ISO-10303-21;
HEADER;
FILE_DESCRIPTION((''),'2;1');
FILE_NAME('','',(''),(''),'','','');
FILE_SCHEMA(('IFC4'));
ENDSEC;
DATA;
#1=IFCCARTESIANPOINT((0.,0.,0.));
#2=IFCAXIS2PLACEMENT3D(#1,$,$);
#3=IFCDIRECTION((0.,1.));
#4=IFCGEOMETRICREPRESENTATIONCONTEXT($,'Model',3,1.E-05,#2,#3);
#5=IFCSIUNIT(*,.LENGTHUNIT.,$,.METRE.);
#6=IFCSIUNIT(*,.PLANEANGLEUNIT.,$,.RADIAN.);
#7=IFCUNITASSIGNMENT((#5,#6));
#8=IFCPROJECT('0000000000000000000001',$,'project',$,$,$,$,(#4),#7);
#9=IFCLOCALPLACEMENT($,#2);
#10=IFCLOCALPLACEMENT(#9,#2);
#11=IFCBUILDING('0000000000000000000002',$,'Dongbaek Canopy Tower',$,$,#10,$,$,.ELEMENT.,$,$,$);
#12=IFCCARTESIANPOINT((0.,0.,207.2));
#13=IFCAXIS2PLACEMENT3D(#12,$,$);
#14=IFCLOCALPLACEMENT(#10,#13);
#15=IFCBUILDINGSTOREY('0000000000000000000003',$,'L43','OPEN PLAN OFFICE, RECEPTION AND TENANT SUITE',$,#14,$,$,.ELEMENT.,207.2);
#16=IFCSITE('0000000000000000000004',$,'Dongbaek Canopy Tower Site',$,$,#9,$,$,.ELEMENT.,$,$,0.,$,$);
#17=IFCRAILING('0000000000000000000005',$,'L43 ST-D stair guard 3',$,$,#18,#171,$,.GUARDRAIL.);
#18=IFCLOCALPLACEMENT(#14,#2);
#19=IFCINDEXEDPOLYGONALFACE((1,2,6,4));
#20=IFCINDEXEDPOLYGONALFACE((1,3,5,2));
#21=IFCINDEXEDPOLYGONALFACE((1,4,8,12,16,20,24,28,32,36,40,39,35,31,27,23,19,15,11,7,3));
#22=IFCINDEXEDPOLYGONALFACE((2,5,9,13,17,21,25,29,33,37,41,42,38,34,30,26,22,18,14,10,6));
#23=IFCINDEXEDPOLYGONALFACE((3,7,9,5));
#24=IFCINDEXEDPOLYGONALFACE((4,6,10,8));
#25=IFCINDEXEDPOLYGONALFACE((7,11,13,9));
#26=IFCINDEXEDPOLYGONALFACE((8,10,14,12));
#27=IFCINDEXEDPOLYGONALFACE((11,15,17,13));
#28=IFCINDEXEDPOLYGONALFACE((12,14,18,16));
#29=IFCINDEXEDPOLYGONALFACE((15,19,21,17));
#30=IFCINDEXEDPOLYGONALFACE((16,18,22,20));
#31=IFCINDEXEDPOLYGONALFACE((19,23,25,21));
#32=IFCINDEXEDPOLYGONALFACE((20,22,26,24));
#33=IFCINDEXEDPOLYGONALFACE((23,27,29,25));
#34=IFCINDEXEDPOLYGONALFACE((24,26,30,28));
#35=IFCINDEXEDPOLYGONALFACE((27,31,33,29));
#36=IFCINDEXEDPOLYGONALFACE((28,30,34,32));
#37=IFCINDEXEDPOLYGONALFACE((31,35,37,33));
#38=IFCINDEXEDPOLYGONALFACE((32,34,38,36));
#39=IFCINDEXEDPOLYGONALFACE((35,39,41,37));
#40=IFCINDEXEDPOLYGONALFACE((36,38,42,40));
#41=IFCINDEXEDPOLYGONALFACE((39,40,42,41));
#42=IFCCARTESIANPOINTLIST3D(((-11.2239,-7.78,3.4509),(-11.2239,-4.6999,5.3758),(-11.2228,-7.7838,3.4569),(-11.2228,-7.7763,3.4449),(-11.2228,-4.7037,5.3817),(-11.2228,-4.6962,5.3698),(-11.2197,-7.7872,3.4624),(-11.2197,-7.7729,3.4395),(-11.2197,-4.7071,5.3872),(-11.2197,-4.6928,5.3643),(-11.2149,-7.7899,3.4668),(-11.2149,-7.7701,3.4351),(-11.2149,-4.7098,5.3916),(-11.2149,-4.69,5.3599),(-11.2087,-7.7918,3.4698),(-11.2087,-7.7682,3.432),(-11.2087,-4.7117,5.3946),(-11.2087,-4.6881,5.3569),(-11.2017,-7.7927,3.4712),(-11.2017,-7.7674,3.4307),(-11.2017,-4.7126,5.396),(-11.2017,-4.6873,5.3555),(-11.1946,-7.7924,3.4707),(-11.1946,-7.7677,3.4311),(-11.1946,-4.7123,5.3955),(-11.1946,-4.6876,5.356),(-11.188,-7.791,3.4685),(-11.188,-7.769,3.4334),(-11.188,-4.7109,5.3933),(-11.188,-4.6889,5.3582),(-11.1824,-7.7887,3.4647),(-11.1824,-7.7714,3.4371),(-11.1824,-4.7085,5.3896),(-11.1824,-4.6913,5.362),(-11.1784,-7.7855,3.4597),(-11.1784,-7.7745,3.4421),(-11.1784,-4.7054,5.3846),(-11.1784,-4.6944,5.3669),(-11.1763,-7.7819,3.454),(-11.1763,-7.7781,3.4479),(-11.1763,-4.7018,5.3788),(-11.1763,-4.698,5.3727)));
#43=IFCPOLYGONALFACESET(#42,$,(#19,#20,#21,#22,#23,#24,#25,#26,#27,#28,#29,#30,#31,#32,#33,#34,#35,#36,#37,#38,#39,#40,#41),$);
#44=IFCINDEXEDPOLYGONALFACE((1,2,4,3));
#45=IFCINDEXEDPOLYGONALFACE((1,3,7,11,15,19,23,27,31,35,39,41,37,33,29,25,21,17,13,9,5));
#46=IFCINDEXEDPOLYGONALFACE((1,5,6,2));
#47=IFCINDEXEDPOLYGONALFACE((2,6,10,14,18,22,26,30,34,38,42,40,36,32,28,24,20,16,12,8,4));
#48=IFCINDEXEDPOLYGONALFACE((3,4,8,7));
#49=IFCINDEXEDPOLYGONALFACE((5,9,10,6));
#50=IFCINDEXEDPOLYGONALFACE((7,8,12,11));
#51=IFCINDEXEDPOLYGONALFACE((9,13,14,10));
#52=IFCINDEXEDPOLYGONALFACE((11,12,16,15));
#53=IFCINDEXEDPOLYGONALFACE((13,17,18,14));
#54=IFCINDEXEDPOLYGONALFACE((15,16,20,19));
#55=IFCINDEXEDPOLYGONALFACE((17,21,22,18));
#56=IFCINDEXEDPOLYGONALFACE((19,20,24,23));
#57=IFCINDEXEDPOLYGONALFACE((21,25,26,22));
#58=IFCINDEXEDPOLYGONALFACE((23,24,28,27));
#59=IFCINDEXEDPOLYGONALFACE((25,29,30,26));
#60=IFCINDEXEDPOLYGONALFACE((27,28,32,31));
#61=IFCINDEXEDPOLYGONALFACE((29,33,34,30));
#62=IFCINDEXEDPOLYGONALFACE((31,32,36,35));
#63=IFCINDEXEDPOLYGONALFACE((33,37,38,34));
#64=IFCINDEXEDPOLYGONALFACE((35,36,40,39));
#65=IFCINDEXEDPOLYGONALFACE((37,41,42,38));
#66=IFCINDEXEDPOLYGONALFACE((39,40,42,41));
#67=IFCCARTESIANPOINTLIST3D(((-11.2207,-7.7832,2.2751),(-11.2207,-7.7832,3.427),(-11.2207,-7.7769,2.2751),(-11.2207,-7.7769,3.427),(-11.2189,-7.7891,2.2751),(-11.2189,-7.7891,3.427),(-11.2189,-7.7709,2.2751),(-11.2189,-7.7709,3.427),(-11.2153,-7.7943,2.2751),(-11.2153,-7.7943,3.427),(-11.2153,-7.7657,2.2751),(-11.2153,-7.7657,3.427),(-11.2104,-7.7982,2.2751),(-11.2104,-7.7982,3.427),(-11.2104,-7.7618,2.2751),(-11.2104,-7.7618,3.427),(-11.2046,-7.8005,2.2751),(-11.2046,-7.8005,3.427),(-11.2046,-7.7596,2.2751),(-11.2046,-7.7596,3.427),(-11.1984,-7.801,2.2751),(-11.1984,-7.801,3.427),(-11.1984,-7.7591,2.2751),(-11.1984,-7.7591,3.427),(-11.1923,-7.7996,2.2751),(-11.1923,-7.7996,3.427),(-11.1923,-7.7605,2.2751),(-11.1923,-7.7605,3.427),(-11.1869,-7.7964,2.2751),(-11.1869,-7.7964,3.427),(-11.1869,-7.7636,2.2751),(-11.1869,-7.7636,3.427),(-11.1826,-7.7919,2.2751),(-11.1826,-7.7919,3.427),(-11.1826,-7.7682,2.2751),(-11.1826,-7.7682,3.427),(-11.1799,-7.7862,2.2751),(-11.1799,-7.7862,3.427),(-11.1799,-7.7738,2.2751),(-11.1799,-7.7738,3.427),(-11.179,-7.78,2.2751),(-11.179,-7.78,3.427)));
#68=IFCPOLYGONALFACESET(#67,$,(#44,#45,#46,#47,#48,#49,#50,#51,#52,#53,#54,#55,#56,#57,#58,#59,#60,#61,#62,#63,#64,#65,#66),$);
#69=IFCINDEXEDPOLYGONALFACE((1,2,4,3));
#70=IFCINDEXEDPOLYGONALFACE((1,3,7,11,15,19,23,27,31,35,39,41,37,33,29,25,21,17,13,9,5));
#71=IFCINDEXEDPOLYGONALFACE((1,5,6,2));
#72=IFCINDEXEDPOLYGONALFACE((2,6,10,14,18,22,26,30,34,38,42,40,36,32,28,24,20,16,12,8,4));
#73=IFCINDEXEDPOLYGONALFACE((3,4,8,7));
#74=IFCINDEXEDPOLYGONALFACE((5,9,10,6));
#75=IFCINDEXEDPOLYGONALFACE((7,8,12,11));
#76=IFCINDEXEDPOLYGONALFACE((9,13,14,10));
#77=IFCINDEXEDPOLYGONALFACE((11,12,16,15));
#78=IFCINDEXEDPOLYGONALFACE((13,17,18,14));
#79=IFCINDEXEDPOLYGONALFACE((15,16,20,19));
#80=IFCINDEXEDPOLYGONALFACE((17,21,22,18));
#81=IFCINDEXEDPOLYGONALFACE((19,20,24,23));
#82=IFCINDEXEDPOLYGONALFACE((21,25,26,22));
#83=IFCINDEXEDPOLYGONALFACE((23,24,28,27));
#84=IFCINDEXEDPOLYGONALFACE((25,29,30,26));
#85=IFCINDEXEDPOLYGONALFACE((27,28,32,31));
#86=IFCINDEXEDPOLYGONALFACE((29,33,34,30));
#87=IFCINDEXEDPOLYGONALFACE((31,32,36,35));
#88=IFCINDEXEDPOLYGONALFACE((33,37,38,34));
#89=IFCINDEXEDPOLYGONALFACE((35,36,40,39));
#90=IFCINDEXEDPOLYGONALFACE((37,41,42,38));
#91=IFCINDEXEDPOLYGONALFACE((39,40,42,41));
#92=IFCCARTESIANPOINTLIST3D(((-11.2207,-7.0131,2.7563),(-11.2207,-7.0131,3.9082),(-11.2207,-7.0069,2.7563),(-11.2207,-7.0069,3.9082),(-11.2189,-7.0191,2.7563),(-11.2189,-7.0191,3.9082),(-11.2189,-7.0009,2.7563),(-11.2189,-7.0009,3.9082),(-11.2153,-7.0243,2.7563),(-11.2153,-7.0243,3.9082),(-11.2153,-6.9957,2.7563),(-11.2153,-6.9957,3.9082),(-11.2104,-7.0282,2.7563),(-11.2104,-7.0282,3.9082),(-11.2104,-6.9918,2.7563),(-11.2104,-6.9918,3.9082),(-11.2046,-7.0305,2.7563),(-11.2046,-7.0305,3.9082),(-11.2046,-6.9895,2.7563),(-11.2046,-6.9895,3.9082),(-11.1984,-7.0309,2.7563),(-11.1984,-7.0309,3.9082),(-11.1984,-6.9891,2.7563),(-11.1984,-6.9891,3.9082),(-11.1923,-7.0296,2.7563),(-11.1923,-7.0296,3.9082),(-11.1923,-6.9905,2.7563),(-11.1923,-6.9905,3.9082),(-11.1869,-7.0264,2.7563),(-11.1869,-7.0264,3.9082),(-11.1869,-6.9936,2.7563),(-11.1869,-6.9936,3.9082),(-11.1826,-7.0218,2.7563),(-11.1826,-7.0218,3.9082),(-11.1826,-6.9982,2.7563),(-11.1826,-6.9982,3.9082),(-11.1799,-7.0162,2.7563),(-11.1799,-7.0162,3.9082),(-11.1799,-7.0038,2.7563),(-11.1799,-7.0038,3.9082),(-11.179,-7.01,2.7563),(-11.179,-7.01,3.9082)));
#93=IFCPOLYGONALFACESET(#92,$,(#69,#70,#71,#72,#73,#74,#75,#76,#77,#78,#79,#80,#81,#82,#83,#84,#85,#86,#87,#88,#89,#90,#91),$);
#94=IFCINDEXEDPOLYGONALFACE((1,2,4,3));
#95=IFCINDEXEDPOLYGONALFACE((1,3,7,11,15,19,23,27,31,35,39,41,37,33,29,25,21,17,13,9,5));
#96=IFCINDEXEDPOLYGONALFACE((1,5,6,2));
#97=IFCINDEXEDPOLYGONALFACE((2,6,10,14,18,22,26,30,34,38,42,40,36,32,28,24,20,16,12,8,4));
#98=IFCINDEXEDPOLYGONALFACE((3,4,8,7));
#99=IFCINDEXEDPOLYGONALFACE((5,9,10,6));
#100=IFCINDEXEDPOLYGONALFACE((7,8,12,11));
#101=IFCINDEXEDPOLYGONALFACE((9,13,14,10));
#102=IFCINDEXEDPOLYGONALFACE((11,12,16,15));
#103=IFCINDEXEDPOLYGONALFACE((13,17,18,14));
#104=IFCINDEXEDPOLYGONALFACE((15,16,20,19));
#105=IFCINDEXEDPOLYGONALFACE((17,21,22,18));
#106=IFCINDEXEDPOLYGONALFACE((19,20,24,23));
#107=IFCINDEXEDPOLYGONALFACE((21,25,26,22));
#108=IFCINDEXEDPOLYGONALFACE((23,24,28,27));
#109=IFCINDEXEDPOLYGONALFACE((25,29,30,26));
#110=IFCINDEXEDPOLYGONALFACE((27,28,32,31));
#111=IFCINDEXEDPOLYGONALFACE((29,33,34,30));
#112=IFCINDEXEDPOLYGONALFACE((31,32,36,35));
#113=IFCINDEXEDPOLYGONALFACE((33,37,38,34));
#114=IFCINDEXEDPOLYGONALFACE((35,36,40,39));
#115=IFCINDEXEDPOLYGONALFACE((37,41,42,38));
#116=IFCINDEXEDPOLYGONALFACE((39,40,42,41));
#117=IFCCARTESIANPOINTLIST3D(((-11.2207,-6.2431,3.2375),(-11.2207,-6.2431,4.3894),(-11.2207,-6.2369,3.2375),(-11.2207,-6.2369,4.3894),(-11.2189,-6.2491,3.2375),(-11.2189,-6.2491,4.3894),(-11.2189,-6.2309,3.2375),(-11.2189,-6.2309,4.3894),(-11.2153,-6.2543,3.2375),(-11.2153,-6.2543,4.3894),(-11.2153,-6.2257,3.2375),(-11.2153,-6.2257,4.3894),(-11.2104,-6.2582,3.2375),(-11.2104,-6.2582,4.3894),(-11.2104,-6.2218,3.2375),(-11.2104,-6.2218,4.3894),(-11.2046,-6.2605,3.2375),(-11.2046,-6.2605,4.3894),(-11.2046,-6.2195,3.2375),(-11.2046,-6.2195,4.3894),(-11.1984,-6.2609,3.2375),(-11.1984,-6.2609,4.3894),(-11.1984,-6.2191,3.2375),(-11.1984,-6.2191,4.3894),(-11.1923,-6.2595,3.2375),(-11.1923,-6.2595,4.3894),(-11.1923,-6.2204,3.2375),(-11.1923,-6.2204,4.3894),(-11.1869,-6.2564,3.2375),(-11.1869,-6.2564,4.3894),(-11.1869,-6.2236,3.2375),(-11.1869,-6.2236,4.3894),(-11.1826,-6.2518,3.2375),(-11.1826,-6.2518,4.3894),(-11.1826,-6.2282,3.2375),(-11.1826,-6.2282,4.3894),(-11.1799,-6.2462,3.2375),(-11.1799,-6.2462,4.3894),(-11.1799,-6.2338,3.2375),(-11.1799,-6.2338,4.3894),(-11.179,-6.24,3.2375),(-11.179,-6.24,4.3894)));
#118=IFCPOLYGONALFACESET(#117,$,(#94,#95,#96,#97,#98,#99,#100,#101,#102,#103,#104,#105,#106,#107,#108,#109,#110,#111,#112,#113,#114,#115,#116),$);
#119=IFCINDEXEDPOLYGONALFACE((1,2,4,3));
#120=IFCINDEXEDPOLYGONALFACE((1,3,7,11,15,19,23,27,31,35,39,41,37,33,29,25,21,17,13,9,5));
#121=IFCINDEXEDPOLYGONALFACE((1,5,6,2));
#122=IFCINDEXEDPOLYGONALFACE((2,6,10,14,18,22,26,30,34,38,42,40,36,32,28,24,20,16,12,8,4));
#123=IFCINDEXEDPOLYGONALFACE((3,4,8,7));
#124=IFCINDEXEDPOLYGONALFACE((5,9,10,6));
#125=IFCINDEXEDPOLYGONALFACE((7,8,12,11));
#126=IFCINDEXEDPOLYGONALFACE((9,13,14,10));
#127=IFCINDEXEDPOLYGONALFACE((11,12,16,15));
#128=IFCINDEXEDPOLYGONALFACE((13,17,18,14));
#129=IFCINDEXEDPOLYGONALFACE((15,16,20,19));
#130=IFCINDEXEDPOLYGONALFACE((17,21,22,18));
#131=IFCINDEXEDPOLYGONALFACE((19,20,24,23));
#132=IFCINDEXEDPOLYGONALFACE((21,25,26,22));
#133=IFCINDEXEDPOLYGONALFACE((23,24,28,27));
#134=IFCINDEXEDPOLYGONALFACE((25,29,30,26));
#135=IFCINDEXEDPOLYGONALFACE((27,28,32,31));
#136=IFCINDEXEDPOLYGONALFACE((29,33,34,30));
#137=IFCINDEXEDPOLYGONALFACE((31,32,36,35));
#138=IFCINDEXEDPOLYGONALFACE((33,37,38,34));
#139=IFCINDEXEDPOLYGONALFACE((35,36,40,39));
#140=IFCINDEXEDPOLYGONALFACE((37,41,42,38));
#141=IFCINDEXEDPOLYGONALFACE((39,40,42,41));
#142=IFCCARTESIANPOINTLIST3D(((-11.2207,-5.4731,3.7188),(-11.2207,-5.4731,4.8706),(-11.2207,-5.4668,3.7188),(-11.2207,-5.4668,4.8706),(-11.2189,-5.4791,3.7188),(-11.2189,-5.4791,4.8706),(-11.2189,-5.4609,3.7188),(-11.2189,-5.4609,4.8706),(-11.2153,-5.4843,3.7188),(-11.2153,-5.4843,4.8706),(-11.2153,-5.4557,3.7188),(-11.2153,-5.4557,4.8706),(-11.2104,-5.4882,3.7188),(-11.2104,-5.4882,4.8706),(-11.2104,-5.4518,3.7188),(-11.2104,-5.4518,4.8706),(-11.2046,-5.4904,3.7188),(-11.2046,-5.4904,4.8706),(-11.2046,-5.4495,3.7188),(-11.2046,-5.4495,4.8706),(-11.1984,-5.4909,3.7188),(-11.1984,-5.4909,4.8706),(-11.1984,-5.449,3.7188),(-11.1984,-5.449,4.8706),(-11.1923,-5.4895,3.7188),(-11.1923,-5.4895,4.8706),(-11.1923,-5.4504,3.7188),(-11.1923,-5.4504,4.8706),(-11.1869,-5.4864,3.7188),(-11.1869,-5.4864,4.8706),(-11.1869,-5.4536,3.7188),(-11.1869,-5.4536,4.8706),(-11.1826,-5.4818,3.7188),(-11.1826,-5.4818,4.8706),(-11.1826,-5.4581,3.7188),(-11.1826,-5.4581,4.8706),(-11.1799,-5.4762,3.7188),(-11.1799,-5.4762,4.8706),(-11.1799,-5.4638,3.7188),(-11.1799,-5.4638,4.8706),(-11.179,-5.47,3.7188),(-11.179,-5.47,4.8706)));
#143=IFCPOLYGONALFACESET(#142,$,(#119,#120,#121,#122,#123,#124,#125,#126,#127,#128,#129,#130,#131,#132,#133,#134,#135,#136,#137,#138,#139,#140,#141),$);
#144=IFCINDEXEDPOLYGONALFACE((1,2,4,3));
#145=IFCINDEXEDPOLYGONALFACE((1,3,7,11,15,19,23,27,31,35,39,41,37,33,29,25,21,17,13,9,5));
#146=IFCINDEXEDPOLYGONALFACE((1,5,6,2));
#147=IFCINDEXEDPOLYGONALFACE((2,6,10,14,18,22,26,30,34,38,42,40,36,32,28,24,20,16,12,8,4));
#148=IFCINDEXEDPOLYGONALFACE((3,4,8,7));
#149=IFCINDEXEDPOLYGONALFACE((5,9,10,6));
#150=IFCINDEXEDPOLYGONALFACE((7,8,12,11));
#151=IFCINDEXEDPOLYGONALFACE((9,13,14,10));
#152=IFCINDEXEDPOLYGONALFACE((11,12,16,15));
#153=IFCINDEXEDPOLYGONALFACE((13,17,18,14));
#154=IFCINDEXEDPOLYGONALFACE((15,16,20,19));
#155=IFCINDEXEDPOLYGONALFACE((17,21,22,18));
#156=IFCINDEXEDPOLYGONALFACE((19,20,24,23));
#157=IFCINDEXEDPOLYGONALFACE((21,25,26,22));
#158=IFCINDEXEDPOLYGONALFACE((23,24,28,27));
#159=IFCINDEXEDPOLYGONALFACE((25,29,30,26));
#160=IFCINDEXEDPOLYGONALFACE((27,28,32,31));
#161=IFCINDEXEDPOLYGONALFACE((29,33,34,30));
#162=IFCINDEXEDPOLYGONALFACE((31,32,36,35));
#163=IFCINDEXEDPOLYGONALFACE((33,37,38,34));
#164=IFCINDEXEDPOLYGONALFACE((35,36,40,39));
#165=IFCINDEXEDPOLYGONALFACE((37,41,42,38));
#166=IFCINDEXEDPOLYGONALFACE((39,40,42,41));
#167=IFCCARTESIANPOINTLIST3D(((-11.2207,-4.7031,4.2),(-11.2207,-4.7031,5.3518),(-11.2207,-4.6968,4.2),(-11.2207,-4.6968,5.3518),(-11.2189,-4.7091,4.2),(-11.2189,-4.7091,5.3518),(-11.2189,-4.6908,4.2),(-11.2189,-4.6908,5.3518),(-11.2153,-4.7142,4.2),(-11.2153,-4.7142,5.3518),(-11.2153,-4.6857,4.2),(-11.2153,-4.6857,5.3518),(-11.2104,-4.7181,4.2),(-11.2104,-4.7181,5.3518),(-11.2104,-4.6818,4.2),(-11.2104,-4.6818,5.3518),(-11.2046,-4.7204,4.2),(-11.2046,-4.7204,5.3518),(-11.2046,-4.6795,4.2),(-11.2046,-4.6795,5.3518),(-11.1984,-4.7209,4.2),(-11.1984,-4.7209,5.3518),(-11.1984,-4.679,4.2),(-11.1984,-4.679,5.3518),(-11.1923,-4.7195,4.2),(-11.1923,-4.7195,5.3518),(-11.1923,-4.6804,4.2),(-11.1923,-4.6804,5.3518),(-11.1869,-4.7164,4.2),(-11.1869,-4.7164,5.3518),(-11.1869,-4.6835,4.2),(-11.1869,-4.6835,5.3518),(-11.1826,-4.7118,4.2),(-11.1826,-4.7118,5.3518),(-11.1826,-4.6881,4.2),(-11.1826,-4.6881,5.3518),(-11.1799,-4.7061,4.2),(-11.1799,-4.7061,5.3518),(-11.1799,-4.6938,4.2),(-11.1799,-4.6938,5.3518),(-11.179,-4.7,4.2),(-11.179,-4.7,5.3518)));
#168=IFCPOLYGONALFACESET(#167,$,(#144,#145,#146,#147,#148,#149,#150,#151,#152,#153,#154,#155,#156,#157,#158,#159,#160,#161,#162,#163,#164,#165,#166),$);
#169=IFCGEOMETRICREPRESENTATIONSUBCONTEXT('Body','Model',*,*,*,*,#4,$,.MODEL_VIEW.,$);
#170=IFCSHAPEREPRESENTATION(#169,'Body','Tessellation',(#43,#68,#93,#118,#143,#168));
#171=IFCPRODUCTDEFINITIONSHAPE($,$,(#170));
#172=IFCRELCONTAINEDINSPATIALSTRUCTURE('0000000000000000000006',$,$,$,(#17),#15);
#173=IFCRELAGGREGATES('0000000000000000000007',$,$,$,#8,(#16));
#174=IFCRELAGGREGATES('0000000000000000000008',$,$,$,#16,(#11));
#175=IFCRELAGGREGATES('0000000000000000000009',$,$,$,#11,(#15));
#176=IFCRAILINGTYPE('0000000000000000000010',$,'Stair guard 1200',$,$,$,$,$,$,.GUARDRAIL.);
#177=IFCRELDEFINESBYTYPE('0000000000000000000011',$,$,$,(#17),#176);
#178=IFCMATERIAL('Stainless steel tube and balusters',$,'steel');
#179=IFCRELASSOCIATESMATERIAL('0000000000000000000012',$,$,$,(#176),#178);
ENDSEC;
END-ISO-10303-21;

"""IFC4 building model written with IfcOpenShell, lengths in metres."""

from ifc_helpers import new_model, si_unit, direction, frame, origin, origin_2d, place, context, subcontext, project, spatial, circle, extrude, material, type_object, element, save


model = new_model("IFC4")

# Units and contexts
model_context = context("Model", 3, precision=1e-05, world=origin(), true_north=direction((0.0, 1.0)))
body_context = subcontext(model_context, "Body", "Model", "MODEL_VIEW")
ifc_project = project(units=[si_unit("LENGTHUNIT", "METRE"), si_unit("PLANEANGLEUNIT", "RADIAN")], contexts=[model_context])

# Site, building, storey
site_placement = place(None, origin())
site = spatial("IfcSite", under=ifc_project, at=site_placement, Name="Dongbaek Canopy Tower Site", CompositionType="ELEMENT", RefElevation=0.0)
building_placement = place(site_placement, origin())
building = spatial("IfcBuilding", under=site, at=building_placement, Name="Dongbaek Canopy Tower", CompositionType="ELEMENT")
storey_placement = place(building_placement, frame((0.0, 0.0, 207.2)))
storey = spatial("IfcBuildingStorey", under=building, at=storey_placement, Name="L43", Description="OPEN PLAN OFFICE, RECEPTION AND TENANT SUITE", CompositionType="ELEMENT", Elevation=207.2)

# Railing
ifc_material_1 = material(Name="Stainless steel tube and balusters", Category="steel")
railing_type_1 = type_object("IfcRailingType", Name="Stair guard 1200", PredefinedType="GUARDRAIL", material=ifc_material_1)
railing_1_placement = place(storey_placement, frame((-11.2, -7.78, 2.2751)))
element("IfcRailing", 1, at=railing_1_placement, inside=storey, type_object=railing_type_1, Name="L43 ST-D stair guard 3", PredefinedType="GUARDRAIL", context=body_context, shape_type="SweptSolid", body=[
    extrude(circle(Radius=0.0239, at=origin_2d()), frame((0.0, 0.0, 1.1758), z_axis=(0.0, 0.848029, 0.529951), x_axis=(-1.0, 0.0, 0.0)), (0.0, 0.0, 1.0), 3.6321),
    extrude(circle(Radius=0.021, at=origin_2d()), origin(), (0.0, 0.0, 1.0), 1.1519),
    extrude(circle(Radius=0.021, at=origin_2d()), frame((0.0, 0.77, 0.4812)), (0.0, 0.0, 1.0), 1.1519),
    extrude(circle(Radius=0.021, at=origin_2d()), frame((0.0, 1.54, 0.9624)), (0.0, 0.0, 1.0), 1.1519),
    extrude(circle(Radius=0.021, at=origin_2d()), frame((0.0, 2.3101, 1.4436)), (0.0, 0.0, 1.0), 1.1519),
    extrude(circle(Radius=0.021, at=origin_2d()), frame((0.0, 3.0801, 1.9248)), (0.0, 0.0, 1.0), 1.1519),
])

save(model, "model.ifc")
